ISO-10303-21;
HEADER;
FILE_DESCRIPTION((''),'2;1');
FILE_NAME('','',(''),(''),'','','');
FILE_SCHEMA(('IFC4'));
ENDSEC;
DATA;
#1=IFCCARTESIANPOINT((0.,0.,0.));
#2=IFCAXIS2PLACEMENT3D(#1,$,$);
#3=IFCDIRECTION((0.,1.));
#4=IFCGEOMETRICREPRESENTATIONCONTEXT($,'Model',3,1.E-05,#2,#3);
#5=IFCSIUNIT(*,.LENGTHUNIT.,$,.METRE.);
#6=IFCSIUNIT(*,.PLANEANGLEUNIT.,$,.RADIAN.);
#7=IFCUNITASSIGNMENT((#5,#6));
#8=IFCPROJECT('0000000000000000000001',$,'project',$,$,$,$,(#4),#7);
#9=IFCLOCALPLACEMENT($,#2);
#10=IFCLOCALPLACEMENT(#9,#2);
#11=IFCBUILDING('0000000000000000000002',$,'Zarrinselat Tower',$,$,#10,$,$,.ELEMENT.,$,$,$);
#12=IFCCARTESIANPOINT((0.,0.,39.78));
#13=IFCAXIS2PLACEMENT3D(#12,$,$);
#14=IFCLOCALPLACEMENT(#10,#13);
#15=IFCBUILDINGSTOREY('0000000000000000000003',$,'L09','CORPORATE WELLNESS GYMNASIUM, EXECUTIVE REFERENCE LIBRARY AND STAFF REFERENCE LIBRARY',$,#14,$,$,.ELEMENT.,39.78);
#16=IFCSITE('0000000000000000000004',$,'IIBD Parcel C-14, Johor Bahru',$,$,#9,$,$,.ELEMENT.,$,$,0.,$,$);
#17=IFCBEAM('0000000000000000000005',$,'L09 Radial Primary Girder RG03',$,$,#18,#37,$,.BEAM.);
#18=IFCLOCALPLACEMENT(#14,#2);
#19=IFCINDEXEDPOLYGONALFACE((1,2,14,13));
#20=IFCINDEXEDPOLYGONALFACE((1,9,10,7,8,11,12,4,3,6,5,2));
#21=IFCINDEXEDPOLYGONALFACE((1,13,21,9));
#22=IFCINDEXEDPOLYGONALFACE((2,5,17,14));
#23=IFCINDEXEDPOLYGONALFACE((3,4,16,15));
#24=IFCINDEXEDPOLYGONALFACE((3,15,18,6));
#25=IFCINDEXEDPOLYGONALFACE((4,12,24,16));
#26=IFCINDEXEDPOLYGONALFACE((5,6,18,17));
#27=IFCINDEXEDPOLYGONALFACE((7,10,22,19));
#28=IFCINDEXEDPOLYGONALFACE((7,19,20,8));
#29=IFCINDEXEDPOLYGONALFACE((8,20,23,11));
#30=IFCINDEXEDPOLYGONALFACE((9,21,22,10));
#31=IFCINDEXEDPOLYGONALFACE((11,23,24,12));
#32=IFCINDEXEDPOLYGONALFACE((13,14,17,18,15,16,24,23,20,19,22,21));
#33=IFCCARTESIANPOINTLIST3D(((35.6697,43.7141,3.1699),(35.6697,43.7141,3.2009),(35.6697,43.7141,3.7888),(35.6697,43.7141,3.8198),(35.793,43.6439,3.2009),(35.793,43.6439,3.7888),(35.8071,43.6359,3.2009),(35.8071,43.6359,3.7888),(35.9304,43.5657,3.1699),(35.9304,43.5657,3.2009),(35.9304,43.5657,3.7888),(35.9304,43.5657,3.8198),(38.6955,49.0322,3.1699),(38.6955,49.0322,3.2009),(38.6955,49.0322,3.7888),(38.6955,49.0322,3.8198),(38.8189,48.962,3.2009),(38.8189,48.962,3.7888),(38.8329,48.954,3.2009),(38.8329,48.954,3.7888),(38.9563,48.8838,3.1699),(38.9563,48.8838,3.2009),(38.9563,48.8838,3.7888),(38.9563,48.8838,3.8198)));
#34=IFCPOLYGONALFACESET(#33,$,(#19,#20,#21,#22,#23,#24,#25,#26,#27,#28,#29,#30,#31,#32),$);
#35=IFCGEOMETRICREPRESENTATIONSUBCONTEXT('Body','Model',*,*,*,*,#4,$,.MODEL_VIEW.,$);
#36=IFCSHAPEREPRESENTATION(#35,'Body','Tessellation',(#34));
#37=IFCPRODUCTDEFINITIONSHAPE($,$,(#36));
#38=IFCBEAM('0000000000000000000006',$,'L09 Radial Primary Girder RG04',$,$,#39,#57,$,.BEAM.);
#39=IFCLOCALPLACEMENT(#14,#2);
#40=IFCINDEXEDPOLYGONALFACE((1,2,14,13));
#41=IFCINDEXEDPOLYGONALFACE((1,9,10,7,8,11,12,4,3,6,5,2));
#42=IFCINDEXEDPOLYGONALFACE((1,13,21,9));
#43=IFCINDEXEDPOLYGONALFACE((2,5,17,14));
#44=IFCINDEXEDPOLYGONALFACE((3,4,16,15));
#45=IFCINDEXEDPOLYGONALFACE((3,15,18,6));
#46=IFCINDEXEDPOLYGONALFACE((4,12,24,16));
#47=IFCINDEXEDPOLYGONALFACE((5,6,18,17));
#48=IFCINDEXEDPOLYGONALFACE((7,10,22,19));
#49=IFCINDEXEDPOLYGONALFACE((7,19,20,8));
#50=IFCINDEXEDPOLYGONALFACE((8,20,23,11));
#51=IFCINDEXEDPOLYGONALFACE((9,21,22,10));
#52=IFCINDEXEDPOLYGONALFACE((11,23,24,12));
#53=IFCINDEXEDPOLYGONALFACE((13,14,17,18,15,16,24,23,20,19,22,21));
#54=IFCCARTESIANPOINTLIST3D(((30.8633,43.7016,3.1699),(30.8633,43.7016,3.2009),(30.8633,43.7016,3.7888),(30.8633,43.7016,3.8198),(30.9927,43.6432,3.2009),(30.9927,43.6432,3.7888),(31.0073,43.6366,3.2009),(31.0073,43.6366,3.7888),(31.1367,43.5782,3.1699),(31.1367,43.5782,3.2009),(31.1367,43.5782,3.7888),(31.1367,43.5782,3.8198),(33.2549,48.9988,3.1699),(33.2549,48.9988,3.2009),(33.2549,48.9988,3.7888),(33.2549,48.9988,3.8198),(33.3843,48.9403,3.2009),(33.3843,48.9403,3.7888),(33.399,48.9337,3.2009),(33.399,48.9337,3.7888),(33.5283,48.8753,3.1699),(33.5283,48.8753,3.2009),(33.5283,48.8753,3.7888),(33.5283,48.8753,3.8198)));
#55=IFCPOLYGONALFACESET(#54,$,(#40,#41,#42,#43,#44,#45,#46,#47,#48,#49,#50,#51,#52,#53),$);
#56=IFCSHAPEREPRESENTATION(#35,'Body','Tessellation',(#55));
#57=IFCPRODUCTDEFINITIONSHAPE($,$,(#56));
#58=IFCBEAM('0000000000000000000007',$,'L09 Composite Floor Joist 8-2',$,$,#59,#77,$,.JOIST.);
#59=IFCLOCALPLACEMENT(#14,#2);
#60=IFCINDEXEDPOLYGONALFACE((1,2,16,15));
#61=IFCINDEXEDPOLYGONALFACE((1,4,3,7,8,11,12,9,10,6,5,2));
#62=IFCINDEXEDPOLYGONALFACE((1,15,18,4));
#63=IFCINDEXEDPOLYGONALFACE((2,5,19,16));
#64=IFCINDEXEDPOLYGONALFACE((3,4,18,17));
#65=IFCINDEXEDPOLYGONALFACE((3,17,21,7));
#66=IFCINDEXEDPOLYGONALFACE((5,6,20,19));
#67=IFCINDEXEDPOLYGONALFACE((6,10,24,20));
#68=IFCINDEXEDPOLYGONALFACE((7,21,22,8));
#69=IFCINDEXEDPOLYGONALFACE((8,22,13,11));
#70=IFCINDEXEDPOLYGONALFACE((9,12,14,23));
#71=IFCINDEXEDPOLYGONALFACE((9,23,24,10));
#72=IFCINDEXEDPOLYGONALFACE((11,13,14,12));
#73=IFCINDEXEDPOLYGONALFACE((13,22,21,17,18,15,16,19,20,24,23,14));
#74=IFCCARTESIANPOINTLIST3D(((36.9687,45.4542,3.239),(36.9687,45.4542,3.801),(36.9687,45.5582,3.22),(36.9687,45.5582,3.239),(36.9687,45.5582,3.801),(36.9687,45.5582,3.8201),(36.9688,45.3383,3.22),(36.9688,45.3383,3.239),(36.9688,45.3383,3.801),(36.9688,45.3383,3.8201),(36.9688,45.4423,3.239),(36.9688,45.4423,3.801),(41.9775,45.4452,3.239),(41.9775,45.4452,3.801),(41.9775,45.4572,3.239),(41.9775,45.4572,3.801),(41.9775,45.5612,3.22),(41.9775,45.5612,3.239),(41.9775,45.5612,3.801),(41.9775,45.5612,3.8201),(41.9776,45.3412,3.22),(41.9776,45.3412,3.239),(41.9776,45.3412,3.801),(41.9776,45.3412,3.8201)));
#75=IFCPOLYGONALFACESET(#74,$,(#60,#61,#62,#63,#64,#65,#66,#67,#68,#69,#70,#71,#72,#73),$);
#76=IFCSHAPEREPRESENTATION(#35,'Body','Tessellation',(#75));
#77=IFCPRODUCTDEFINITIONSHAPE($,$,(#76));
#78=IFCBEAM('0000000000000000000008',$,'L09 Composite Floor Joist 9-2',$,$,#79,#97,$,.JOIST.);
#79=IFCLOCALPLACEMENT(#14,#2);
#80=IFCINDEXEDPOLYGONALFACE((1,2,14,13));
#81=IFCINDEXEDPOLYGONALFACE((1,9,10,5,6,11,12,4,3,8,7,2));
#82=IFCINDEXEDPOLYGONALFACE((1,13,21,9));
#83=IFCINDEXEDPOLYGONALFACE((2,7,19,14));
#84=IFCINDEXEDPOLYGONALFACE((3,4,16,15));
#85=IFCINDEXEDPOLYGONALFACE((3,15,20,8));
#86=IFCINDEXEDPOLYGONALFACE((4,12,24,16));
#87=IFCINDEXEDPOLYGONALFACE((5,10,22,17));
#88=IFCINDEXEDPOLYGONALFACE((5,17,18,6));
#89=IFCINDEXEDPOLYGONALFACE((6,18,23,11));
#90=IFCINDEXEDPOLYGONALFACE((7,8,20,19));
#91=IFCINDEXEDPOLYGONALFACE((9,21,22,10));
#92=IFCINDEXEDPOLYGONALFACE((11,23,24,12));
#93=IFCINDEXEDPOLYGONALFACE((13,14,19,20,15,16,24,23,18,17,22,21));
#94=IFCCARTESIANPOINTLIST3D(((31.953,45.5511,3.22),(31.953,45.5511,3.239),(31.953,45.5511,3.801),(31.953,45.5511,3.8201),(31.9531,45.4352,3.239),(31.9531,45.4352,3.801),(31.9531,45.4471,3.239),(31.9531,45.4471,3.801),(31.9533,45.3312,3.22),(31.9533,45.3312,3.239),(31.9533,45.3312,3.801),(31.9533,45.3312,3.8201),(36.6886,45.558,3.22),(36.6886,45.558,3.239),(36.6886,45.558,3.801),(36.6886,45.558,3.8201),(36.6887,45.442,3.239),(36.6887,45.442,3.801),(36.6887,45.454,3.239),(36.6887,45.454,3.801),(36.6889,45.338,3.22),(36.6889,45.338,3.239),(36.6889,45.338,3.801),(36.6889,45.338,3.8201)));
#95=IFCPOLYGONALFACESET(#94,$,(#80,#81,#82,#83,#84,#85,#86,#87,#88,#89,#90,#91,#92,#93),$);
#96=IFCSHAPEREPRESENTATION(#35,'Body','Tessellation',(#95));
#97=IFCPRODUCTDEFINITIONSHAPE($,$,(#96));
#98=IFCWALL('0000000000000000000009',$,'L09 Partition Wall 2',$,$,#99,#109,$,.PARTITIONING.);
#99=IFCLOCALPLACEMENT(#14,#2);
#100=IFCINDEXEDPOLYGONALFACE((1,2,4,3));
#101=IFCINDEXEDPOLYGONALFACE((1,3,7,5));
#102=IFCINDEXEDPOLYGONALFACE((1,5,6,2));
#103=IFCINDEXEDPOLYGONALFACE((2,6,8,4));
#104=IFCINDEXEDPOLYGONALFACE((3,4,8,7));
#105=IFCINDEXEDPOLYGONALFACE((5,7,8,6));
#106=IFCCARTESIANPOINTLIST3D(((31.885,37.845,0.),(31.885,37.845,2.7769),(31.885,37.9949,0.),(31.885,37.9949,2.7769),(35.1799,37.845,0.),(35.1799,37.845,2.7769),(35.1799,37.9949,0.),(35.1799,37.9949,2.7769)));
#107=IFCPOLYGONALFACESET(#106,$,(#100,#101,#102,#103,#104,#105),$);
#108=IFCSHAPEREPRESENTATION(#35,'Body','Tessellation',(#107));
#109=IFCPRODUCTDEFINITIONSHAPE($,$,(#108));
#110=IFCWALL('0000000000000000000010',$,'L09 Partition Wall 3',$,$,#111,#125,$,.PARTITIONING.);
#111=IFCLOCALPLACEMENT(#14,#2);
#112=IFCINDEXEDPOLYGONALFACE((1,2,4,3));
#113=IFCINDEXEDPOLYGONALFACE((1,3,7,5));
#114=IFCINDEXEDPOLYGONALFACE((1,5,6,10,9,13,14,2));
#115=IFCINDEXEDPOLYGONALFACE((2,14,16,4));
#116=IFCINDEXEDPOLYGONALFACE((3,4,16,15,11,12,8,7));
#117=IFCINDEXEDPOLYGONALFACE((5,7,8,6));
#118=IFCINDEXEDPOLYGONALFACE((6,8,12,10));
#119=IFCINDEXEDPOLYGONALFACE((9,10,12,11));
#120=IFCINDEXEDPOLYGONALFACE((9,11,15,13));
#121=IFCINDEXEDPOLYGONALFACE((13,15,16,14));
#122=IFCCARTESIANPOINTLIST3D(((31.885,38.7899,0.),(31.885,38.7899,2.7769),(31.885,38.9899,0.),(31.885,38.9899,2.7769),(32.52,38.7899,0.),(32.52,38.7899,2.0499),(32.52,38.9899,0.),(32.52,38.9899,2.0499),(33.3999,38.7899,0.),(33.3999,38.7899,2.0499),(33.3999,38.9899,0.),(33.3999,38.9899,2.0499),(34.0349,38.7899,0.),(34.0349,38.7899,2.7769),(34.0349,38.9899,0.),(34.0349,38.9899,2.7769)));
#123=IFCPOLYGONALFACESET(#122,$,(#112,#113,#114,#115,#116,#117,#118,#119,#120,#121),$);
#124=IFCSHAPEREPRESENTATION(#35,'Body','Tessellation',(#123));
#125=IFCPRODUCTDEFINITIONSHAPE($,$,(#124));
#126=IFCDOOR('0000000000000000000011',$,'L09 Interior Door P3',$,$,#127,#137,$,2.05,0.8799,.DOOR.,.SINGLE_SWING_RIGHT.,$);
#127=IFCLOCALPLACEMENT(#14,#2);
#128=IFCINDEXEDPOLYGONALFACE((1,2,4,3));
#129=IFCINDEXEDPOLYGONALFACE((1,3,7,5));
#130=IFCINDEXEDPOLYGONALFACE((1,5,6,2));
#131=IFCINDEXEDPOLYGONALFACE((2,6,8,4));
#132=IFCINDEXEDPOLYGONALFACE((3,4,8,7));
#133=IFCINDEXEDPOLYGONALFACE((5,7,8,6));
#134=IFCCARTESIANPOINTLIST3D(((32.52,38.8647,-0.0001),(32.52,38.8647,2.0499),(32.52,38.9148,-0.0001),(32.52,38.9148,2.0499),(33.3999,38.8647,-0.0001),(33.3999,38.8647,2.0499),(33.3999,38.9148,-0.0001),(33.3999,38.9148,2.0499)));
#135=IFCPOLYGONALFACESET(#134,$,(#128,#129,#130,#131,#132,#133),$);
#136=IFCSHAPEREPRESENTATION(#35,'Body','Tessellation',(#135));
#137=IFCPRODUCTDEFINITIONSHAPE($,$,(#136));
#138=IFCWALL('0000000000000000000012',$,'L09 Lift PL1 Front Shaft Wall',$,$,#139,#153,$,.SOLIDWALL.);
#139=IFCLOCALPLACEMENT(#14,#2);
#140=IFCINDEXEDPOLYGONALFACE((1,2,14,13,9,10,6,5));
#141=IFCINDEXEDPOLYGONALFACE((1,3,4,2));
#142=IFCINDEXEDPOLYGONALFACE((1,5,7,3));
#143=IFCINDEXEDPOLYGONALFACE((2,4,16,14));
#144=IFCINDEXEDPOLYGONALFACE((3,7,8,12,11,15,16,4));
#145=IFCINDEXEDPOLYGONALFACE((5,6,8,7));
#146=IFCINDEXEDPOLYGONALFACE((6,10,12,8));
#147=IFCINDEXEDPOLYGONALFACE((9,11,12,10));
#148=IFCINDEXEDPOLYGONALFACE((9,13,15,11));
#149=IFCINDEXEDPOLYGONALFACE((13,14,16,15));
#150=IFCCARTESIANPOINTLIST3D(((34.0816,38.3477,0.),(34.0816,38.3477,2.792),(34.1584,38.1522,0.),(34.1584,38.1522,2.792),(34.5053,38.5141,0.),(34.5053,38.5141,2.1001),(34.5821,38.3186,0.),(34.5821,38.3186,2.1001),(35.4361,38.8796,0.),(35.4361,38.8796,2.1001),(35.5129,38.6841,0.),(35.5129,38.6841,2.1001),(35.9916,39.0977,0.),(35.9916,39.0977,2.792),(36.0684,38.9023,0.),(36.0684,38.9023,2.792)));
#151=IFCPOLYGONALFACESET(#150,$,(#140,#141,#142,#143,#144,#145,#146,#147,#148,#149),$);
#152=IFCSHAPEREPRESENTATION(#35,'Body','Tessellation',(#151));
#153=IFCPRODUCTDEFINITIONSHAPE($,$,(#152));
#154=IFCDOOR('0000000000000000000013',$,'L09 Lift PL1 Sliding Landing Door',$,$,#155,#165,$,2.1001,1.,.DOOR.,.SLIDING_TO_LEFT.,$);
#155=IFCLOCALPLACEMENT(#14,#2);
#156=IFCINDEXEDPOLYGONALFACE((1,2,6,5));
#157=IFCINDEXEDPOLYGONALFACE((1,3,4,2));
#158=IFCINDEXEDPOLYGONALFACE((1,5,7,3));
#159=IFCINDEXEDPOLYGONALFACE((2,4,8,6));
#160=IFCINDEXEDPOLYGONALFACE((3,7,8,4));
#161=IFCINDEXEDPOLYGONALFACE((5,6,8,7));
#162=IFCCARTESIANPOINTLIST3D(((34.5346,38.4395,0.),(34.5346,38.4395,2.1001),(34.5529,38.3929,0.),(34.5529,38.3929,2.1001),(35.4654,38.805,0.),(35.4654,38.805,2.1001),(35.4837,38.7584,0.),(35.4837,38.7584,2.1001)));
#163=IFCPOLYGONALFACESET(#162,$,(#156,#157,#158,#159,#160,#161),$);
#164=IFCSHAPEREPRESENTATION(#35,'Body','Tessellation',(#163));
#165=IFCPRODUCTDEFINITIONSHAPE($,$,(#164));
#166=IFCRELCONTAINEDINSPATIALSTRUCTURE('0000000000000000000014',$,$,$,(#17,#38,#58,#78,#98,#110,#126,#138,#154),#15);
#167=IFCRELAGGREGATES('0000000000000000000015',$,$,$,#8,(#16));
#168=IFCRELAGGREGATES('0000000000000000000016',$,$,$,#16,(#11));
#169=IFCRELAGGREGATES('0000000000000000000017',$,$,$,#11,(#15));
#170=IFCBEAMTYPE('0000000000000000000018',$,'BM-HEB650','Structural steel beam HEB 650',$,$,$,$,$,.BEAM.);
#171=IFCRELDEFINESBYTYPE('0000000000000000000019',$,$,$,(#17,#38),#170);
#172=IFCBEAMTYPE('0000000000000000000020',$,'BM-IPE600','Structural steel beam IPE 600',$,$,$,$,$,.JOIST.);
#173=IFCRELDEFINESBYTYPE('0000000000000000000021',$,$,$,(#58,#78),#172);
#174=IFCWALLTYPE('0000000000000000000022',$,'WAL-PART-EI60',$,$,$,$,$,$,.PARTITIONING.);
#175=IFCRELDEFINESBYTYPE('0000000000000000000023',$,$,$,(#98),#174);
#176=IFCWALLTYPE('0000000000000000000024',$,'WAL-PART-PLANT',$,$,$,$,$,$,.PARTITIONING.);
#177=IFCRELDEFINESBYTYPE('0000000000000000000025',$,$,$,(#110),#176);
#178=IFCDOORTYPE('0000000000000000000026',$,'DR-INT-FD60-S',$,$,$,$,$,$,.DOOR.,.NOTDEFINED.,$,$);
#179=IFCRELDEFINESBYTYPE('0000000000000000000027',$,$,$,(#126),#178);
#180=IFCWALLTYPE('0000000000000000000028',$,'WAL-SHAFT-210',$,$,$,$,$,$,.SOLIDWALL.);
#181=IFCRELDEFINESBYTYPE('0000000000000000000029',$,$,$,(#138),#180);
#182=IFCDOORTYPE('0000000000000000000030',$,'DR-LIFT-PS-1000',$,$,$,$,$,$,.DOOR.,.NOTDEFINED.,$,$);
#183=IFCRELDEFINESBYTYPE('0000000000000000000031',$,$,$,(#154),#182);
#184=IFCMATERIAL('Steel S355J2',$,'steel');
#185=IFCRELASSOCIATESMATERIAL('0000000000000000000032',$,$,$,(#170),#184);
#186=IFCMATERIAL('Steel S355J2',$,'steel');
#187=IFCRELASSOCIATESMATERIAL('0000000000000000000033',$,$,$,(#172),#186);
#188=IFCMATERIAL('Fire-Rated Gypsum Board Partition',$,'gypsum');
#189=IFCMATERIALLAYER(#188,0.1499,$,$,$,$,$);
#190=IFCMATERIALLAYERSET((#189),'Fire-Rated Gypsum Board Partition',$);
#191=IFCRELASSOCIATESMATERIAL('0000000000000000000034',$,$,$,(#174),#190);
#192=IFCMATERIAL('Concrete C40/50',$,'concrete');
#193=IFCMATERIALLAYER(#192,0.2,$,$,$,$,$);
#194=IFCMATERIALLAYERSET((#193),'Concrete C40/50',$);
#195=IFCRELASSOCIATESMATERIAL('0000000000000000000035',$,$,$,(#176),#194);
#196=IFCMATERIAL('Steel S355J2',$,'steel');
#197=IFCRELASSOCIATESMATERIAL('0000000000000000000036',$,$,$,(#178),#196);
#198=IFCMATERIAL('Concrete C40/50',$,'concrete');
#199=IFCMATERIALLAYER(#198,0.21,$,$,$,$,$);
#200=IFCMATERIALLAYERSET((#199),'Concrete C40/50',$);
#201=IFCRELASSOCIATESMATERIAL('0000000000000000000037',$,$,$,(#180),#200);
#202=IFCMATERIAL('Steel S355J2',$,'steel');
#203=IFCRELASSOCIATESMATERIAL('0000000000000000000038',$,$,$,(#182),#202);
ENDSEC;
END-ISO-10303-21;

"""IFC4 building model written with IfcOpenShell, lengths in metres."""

from ifc_helpers import new_model, si_unit, direction, frame, frame_2d, origin, origin_2d, place, context, subcontext, project, spatial, rectangle, i_section, extrude, material, layer, layer_set, material_profile, profile_set, type_object, element, fill, save


model = new_model("IFC4")

# Units and contexts
model_context = context("Model", 3, precision=1e-05, world=origin(), true_north=direction((0.0, 1.0)))
body_context = subcontext(model_context, "Body", "Model", "MODEL_VIEW")
ifc_project = project(units=[si_unit("LENGTHUNIT", "METRE"), si_unit("PLANEANGLEUNIT", "RADIAN")], contexts=[model_context])

# Site, building, storey
site_placement = place(None, origin())
site = spatial("IfcSite", under=ifc_project, at=site_placement, Name="IIBD Parcel C-14, Johor Bahru", CompositionType="ELEMENT", RefElevation=0.0)
building_placement = place(site_placement, origin())
building = spatial("IfcBuilding", under=site, at=building_placement, Name="Zarrinselat Tower", CompositionType="ELEMENT")
storey_placement = place(building_placement, frame((0.0, 0.0, 39.78)))
storey = spatial("IfcBuildingStorey", under=building, at=storey_placement, Name="L09", Description="CORPORATE WELLNESS GYMNASIUM, EXECUTIVE REFERENCE LIBRARY AND STAFF REFERENCE LIBRARY", CompositionType="ELEMENT", Elevation=39.78)

# Beams
ifc_material_1 = material(Name="Steel S355J2", Category="steel")
ifc_material_profile_1 = material_profile(ifc_material_1, i_section(OverallWidth=0.3, OverallDepth=0.6499, WebThickness=0.0161, FlangeThickness=0.031, at=origin_2d()), Name="HEB 650")
ifc_profile_set_1 = profile_set([ifc_material_profile_1], Name="Steel S355J2")
beam_type_1 = type_object("IfcBeamType", Name="BM-HEB650", Description="Structural steel beam HEB 650", PredefinedType="BEAM", material=ifc_profile_set_1)
beam_1_placement = place(storey_placement, frame((35.8, 43.6399, 3.4949), z_axis=(0.494531, 0.86916, 0.0), x_axis=(-0.86916, 0.494531, 0.0)))
element("IfcBeam", 1, at=beam_1_placement, inside=storey, type_object=beam_type_1, Name="L09 Radial Primary Girder RG03", PredefinedType="BEAM", context=body_context, shape_type="SweptSolid", body=[
    extrude(i_section(OverallWidth=0.3, OverallDepth=0.6499, WebThickness=0.0161, FlangeThickness=0.031, at=origin_2d()), origin(), (0.0, 0.0, 1.0), 6.1187),
])
beam_2_placement = place(storey_placement, frame((31.0, 43.6399, 3.4949), z_axis=(0.411494, 0.911412, 0.0), x_axis=(-0.911412, 0.411494, 0.0)))
element("IfcBeam", 2, at=beam_2_placement, inside=storey, type_object=beam_type_1, Name="L09 Radial Primary Girder RG04", PredefinedType="BEAM", context=body_context, shape_type="SweptSolid", body=[
    extrude(i_section(OverallWidth=0.3, OverallDepth=0.6499, WebThickness=0.0161, FlangeThickness=0.031, at=origin_2d()), origin(), (0.0, 0.0, 1.0), 5.812),
])
ifc_material_2 = material(Name="Steel S355J2", Category="steel")
ifc_material_profile_2 = material_profile(ifc_material_2, i_section(OverallWidth=0.22, OverallDepth=0.6001, WebThickness=0.012, FlangeThickness=0.019, at=origin_2d()), Name="IPE 600")
ifc_profile_set_2 = profile_set([ifc_material_profile_2], Name="Steel S355J2")
beam_type_2 = type_object("IfcBeamType", Name="BM-IPE600", Description="Structural steel beam IPE 600", PredefinedType="JOIST", material=ifc_profile_set_2)
beam_3_placement = place(storey_placement, frame((36.9688, 45.4482, 3.52), z_axis=(1.0, 0.000585, 0.0), x_axis=(-0.000585, 1.0, 0.0)))
element("IfcBeam", 3, at=beam_3_placement, inside=storey, type_object=beam_type_2, Name="L09 Composite Floor Joist 8-2", PredefinedType="JOIST", context=body_context, shape_type="SweptSolid", body=[
    extrude(i_section(OverallWidth=0.22, OverallDepth=0.6001, WebThickness=0.012, FlangeThickness=0.019, at=origin_2d()), origin(), (0.0, 0.0, 1.0), 5.0088),
])
beam_4_placement = place(storey_placement, frame((31.9531, 45.4412, 3.52), z_axis=(0.999999, 0.001444, 0.0), x_axis=(-0.001444, 0.999999, 0.0)))
element("IfcBeam", 4, at=beam_4_placement, inside=storey, type_object=beam_type_2, Name="L09 Composite Floor Joist 9-2", PredefinedType="JOIST", context=body_context, shape_type="SweptSolid", body=[
    extrude(i_section(OverallWidth=0.22, OverallDepth=0.6001, WebThickness=0.012, FlangeThickness=0.019, at=origin_2d()), origin(), (0.0, 0.0, 1.0), 4.7356),
])

# Wall
ifc_material_3 = material(Name="Fire-Rated Gypsum Board Partition", Category="gypsum")
ifc_layer_1 = layer(ifc_material_3, 0.1499)
ifc_layer_set_1 = layer_set([ifc_layer_1], Name="Fire-Rated Gypsum Board Partition")
wall_type_1 = type_object("IfcWallType", Name="WAL-PART-EI60", PredefinedType="PARTITIONING", material=ifc_layer_set_1)
wall_1_placement = place(storey_placement, frame((31.885, 37.9199, 0.0), z_axis=(0.0, 0.0, 1.0), x_axis=(1.0, 0.0, 0.0)))
element("IfcWall", 5, at=wall_1_placement, inside=storey, type_object=wall_type_1, Name="L09 Partition Wall 2", PredefinedType="PARTITIONING", context=body_context, shape_type="SweptSolid", body=[
    extrude(rectangle(XDim=3.2949, YDim=0.1499, at=frame_2d((1.6475, 0.0))), origin(), (0.0, 0.0, 1.0), 2.7769),
])

# Walls, openings, doors
ifc_material_4 = material(Name="Concrete C40/50", Category="concrete")
ifc_layer_2 = layer(ifc_material_4, 0.2)
ifc_layer_set_2 = layer_set([ifc_layer_2], Name="Concrete C40/50")
wall_type_2 = type_object("IfcWallType", Name="WAL-PART-PLANT", PredefinedType="PARTITIONING", material=ifc_layer_set_2)
wall_2_placement = place(storey_placement, frame((31.885, 38.8899, 0.0), z_axis=(0.0, 0.0, 1.0), x_axis=(1.0, 0.0, 0.0)))
wall_2 = element("IfcWall", 6, at=wall_2_placement, inside=storey, type_object=wall_type_2, Name="L09 Partition Wall 3", PredefinedType="PARTITIONING", context=body_context, shape_type="SweptSolid", body=[
    extrude(rectangle(XDim=2.1499, YDim=0.2, at=frame_2d((1.075, 0.0))), origin(), (0.0, 0.0, 1.0), 2.7769),
])
opening_1_placement = place(wall_2_placement, frame((0.635, 0.0, 0.0)))
opening_1 = element("IfcOpeningElement", 7, at=opening_1_placement, cuts=wall_2, PredefinedType="OPENING", context=body_context, shape_type="SweptSolid", body=[
    extrude(rectangle(XDim=0.8799, YDim=2.05, at=frame_2d((0.4399, 1.0249))), frame((0.0, 0.1099, 0.0), z_axis=(0.0, -1.0, 0.0), x_axis=(1.0, 0.0, 0.0)), (0.0, 0.0, 1.0), 0.22),
])
ifc_material_5 = material(Name="Steel S355J2", Category="steel")
door_type_1 = type_object("IfcDoorType", Name="DR-INT-FD60-S", OperationType="NOTDEFINED", PredefinedType="DOOR", material=ifc_material_5)
door_1_placement = place(opening_1_placement, origin())
door_1 = element("IfcDoor", 8, at=door_1_placement, inside=storey, type_object=door_type_1, Name="L09 Interior Door P3", OperationType="SINGLE_SWING_RIGHT", OverallHeight=2.05, OverallWidth=0.8799, PredefinedType="DOOR", context=body_context, shape_type="SweptSolid", body=[
    extrude(rectangle(XDim=0.8799, YDim=2.05, at=frame_2d((0.4399, 1.0249))), frame((0.0, 0.0249, 0.0), z_axis=(0.0, -1.0, 0.0), x_axis=(1.0, 0.0, 0.0)), (0.0, 0.0, 1.0), 0.05),
])
fill(opening_1, door_1)
ifc_material_6 = material(Name="Concrete C40/50", Category="concrete")
ifc_layer_3 = layer(ifc_material_6, 0.21)
ifc_layer_set_3 = layer_set([ifc_layer_3], Name="Concrete C40/50")
wall_type_3 = type_object("IfcWallType", Name="WAL-SHAFT-210", PredefinedType="SOLIDWALL", material=ifc_layer_set_3)
wall_3_placement = place(storey_placement, frame((34.1201, 38.25, 0.0), z_axis=(0.0, 0.0, 1.0), x_axis=(0.930805, 0.365516, 0.0)))
wall_3 = element("IfcWall", 9, at=wall_3_placement, inside=storey, type_object=wall_type_3, Name="L09 Lift PL1 Front Shaft Wall", PredefinedType="SOLIDWALL", context=body_context, shape_type="SweptSolid", body=[
    extrude(rectangle(XDim=2.052, YDim=0.21, at=frame_2d((1.0259, 0.0))), origin(), (0.0, 0.0, 1.0), 2.792),
])
opening_2_placement = place(wall_3_placement, frame((0.4551, 0.0, 0.0)))
opening_2 = element("IfcOpeningElement", 10, at=opening_2_placement, cuts=wall_3, PredefinedType="OPENING", context=body_context, shape_type="SweptSolid", body=[
    extrude(rectangle(XDim=1.0, YDim=2.1001, at=frame_2d((0.5, 1.05))), frame((0.0, 0.115, 0.0), z_axis=(0.0, -1.0, 0.0), x_axis=(1.0, 0.0, 0.0)), (0.0, 0.0, 1.0), 0.23),
])
ifc_material_7 = material(Name="Steel S355J2", Category="steel")
door_type_2 = type_object("IfcDoorType", Name="DR-LIFT-PS-1000", OperationType="NOTDEFINED", PredefinedType="DOOR", material=ifc_material_7)
door_2_placement = place(opening_2_placement, origin())
door_2 = element("IfcDoor", 11, at=door_2_placement, inside=storey, type_object=door_type_2, Name="L09 Lift PL1 Sliding Landing Door", OperationType="SLIDING_TO_LEFT", OverallHeight=2.1001, OverallWidth=1.0, PredefinedType="DOOR", context=body_context, shape_type="SweptSolid", body=[
    extrude(rectangle(XDim=1.0, YDim=2.1001, at=frame_2d((0.5, 1.05))), frame((0.0, 0.0249, 0.0), z_axis=(0.0, -1.0, 0.0), x_axis=(1.0, 0.0, 0.0)), (0.0, 0.0, 1.0), 0.05),
])
fill(opening_2, door_2)

save(model, "model.ifc")
